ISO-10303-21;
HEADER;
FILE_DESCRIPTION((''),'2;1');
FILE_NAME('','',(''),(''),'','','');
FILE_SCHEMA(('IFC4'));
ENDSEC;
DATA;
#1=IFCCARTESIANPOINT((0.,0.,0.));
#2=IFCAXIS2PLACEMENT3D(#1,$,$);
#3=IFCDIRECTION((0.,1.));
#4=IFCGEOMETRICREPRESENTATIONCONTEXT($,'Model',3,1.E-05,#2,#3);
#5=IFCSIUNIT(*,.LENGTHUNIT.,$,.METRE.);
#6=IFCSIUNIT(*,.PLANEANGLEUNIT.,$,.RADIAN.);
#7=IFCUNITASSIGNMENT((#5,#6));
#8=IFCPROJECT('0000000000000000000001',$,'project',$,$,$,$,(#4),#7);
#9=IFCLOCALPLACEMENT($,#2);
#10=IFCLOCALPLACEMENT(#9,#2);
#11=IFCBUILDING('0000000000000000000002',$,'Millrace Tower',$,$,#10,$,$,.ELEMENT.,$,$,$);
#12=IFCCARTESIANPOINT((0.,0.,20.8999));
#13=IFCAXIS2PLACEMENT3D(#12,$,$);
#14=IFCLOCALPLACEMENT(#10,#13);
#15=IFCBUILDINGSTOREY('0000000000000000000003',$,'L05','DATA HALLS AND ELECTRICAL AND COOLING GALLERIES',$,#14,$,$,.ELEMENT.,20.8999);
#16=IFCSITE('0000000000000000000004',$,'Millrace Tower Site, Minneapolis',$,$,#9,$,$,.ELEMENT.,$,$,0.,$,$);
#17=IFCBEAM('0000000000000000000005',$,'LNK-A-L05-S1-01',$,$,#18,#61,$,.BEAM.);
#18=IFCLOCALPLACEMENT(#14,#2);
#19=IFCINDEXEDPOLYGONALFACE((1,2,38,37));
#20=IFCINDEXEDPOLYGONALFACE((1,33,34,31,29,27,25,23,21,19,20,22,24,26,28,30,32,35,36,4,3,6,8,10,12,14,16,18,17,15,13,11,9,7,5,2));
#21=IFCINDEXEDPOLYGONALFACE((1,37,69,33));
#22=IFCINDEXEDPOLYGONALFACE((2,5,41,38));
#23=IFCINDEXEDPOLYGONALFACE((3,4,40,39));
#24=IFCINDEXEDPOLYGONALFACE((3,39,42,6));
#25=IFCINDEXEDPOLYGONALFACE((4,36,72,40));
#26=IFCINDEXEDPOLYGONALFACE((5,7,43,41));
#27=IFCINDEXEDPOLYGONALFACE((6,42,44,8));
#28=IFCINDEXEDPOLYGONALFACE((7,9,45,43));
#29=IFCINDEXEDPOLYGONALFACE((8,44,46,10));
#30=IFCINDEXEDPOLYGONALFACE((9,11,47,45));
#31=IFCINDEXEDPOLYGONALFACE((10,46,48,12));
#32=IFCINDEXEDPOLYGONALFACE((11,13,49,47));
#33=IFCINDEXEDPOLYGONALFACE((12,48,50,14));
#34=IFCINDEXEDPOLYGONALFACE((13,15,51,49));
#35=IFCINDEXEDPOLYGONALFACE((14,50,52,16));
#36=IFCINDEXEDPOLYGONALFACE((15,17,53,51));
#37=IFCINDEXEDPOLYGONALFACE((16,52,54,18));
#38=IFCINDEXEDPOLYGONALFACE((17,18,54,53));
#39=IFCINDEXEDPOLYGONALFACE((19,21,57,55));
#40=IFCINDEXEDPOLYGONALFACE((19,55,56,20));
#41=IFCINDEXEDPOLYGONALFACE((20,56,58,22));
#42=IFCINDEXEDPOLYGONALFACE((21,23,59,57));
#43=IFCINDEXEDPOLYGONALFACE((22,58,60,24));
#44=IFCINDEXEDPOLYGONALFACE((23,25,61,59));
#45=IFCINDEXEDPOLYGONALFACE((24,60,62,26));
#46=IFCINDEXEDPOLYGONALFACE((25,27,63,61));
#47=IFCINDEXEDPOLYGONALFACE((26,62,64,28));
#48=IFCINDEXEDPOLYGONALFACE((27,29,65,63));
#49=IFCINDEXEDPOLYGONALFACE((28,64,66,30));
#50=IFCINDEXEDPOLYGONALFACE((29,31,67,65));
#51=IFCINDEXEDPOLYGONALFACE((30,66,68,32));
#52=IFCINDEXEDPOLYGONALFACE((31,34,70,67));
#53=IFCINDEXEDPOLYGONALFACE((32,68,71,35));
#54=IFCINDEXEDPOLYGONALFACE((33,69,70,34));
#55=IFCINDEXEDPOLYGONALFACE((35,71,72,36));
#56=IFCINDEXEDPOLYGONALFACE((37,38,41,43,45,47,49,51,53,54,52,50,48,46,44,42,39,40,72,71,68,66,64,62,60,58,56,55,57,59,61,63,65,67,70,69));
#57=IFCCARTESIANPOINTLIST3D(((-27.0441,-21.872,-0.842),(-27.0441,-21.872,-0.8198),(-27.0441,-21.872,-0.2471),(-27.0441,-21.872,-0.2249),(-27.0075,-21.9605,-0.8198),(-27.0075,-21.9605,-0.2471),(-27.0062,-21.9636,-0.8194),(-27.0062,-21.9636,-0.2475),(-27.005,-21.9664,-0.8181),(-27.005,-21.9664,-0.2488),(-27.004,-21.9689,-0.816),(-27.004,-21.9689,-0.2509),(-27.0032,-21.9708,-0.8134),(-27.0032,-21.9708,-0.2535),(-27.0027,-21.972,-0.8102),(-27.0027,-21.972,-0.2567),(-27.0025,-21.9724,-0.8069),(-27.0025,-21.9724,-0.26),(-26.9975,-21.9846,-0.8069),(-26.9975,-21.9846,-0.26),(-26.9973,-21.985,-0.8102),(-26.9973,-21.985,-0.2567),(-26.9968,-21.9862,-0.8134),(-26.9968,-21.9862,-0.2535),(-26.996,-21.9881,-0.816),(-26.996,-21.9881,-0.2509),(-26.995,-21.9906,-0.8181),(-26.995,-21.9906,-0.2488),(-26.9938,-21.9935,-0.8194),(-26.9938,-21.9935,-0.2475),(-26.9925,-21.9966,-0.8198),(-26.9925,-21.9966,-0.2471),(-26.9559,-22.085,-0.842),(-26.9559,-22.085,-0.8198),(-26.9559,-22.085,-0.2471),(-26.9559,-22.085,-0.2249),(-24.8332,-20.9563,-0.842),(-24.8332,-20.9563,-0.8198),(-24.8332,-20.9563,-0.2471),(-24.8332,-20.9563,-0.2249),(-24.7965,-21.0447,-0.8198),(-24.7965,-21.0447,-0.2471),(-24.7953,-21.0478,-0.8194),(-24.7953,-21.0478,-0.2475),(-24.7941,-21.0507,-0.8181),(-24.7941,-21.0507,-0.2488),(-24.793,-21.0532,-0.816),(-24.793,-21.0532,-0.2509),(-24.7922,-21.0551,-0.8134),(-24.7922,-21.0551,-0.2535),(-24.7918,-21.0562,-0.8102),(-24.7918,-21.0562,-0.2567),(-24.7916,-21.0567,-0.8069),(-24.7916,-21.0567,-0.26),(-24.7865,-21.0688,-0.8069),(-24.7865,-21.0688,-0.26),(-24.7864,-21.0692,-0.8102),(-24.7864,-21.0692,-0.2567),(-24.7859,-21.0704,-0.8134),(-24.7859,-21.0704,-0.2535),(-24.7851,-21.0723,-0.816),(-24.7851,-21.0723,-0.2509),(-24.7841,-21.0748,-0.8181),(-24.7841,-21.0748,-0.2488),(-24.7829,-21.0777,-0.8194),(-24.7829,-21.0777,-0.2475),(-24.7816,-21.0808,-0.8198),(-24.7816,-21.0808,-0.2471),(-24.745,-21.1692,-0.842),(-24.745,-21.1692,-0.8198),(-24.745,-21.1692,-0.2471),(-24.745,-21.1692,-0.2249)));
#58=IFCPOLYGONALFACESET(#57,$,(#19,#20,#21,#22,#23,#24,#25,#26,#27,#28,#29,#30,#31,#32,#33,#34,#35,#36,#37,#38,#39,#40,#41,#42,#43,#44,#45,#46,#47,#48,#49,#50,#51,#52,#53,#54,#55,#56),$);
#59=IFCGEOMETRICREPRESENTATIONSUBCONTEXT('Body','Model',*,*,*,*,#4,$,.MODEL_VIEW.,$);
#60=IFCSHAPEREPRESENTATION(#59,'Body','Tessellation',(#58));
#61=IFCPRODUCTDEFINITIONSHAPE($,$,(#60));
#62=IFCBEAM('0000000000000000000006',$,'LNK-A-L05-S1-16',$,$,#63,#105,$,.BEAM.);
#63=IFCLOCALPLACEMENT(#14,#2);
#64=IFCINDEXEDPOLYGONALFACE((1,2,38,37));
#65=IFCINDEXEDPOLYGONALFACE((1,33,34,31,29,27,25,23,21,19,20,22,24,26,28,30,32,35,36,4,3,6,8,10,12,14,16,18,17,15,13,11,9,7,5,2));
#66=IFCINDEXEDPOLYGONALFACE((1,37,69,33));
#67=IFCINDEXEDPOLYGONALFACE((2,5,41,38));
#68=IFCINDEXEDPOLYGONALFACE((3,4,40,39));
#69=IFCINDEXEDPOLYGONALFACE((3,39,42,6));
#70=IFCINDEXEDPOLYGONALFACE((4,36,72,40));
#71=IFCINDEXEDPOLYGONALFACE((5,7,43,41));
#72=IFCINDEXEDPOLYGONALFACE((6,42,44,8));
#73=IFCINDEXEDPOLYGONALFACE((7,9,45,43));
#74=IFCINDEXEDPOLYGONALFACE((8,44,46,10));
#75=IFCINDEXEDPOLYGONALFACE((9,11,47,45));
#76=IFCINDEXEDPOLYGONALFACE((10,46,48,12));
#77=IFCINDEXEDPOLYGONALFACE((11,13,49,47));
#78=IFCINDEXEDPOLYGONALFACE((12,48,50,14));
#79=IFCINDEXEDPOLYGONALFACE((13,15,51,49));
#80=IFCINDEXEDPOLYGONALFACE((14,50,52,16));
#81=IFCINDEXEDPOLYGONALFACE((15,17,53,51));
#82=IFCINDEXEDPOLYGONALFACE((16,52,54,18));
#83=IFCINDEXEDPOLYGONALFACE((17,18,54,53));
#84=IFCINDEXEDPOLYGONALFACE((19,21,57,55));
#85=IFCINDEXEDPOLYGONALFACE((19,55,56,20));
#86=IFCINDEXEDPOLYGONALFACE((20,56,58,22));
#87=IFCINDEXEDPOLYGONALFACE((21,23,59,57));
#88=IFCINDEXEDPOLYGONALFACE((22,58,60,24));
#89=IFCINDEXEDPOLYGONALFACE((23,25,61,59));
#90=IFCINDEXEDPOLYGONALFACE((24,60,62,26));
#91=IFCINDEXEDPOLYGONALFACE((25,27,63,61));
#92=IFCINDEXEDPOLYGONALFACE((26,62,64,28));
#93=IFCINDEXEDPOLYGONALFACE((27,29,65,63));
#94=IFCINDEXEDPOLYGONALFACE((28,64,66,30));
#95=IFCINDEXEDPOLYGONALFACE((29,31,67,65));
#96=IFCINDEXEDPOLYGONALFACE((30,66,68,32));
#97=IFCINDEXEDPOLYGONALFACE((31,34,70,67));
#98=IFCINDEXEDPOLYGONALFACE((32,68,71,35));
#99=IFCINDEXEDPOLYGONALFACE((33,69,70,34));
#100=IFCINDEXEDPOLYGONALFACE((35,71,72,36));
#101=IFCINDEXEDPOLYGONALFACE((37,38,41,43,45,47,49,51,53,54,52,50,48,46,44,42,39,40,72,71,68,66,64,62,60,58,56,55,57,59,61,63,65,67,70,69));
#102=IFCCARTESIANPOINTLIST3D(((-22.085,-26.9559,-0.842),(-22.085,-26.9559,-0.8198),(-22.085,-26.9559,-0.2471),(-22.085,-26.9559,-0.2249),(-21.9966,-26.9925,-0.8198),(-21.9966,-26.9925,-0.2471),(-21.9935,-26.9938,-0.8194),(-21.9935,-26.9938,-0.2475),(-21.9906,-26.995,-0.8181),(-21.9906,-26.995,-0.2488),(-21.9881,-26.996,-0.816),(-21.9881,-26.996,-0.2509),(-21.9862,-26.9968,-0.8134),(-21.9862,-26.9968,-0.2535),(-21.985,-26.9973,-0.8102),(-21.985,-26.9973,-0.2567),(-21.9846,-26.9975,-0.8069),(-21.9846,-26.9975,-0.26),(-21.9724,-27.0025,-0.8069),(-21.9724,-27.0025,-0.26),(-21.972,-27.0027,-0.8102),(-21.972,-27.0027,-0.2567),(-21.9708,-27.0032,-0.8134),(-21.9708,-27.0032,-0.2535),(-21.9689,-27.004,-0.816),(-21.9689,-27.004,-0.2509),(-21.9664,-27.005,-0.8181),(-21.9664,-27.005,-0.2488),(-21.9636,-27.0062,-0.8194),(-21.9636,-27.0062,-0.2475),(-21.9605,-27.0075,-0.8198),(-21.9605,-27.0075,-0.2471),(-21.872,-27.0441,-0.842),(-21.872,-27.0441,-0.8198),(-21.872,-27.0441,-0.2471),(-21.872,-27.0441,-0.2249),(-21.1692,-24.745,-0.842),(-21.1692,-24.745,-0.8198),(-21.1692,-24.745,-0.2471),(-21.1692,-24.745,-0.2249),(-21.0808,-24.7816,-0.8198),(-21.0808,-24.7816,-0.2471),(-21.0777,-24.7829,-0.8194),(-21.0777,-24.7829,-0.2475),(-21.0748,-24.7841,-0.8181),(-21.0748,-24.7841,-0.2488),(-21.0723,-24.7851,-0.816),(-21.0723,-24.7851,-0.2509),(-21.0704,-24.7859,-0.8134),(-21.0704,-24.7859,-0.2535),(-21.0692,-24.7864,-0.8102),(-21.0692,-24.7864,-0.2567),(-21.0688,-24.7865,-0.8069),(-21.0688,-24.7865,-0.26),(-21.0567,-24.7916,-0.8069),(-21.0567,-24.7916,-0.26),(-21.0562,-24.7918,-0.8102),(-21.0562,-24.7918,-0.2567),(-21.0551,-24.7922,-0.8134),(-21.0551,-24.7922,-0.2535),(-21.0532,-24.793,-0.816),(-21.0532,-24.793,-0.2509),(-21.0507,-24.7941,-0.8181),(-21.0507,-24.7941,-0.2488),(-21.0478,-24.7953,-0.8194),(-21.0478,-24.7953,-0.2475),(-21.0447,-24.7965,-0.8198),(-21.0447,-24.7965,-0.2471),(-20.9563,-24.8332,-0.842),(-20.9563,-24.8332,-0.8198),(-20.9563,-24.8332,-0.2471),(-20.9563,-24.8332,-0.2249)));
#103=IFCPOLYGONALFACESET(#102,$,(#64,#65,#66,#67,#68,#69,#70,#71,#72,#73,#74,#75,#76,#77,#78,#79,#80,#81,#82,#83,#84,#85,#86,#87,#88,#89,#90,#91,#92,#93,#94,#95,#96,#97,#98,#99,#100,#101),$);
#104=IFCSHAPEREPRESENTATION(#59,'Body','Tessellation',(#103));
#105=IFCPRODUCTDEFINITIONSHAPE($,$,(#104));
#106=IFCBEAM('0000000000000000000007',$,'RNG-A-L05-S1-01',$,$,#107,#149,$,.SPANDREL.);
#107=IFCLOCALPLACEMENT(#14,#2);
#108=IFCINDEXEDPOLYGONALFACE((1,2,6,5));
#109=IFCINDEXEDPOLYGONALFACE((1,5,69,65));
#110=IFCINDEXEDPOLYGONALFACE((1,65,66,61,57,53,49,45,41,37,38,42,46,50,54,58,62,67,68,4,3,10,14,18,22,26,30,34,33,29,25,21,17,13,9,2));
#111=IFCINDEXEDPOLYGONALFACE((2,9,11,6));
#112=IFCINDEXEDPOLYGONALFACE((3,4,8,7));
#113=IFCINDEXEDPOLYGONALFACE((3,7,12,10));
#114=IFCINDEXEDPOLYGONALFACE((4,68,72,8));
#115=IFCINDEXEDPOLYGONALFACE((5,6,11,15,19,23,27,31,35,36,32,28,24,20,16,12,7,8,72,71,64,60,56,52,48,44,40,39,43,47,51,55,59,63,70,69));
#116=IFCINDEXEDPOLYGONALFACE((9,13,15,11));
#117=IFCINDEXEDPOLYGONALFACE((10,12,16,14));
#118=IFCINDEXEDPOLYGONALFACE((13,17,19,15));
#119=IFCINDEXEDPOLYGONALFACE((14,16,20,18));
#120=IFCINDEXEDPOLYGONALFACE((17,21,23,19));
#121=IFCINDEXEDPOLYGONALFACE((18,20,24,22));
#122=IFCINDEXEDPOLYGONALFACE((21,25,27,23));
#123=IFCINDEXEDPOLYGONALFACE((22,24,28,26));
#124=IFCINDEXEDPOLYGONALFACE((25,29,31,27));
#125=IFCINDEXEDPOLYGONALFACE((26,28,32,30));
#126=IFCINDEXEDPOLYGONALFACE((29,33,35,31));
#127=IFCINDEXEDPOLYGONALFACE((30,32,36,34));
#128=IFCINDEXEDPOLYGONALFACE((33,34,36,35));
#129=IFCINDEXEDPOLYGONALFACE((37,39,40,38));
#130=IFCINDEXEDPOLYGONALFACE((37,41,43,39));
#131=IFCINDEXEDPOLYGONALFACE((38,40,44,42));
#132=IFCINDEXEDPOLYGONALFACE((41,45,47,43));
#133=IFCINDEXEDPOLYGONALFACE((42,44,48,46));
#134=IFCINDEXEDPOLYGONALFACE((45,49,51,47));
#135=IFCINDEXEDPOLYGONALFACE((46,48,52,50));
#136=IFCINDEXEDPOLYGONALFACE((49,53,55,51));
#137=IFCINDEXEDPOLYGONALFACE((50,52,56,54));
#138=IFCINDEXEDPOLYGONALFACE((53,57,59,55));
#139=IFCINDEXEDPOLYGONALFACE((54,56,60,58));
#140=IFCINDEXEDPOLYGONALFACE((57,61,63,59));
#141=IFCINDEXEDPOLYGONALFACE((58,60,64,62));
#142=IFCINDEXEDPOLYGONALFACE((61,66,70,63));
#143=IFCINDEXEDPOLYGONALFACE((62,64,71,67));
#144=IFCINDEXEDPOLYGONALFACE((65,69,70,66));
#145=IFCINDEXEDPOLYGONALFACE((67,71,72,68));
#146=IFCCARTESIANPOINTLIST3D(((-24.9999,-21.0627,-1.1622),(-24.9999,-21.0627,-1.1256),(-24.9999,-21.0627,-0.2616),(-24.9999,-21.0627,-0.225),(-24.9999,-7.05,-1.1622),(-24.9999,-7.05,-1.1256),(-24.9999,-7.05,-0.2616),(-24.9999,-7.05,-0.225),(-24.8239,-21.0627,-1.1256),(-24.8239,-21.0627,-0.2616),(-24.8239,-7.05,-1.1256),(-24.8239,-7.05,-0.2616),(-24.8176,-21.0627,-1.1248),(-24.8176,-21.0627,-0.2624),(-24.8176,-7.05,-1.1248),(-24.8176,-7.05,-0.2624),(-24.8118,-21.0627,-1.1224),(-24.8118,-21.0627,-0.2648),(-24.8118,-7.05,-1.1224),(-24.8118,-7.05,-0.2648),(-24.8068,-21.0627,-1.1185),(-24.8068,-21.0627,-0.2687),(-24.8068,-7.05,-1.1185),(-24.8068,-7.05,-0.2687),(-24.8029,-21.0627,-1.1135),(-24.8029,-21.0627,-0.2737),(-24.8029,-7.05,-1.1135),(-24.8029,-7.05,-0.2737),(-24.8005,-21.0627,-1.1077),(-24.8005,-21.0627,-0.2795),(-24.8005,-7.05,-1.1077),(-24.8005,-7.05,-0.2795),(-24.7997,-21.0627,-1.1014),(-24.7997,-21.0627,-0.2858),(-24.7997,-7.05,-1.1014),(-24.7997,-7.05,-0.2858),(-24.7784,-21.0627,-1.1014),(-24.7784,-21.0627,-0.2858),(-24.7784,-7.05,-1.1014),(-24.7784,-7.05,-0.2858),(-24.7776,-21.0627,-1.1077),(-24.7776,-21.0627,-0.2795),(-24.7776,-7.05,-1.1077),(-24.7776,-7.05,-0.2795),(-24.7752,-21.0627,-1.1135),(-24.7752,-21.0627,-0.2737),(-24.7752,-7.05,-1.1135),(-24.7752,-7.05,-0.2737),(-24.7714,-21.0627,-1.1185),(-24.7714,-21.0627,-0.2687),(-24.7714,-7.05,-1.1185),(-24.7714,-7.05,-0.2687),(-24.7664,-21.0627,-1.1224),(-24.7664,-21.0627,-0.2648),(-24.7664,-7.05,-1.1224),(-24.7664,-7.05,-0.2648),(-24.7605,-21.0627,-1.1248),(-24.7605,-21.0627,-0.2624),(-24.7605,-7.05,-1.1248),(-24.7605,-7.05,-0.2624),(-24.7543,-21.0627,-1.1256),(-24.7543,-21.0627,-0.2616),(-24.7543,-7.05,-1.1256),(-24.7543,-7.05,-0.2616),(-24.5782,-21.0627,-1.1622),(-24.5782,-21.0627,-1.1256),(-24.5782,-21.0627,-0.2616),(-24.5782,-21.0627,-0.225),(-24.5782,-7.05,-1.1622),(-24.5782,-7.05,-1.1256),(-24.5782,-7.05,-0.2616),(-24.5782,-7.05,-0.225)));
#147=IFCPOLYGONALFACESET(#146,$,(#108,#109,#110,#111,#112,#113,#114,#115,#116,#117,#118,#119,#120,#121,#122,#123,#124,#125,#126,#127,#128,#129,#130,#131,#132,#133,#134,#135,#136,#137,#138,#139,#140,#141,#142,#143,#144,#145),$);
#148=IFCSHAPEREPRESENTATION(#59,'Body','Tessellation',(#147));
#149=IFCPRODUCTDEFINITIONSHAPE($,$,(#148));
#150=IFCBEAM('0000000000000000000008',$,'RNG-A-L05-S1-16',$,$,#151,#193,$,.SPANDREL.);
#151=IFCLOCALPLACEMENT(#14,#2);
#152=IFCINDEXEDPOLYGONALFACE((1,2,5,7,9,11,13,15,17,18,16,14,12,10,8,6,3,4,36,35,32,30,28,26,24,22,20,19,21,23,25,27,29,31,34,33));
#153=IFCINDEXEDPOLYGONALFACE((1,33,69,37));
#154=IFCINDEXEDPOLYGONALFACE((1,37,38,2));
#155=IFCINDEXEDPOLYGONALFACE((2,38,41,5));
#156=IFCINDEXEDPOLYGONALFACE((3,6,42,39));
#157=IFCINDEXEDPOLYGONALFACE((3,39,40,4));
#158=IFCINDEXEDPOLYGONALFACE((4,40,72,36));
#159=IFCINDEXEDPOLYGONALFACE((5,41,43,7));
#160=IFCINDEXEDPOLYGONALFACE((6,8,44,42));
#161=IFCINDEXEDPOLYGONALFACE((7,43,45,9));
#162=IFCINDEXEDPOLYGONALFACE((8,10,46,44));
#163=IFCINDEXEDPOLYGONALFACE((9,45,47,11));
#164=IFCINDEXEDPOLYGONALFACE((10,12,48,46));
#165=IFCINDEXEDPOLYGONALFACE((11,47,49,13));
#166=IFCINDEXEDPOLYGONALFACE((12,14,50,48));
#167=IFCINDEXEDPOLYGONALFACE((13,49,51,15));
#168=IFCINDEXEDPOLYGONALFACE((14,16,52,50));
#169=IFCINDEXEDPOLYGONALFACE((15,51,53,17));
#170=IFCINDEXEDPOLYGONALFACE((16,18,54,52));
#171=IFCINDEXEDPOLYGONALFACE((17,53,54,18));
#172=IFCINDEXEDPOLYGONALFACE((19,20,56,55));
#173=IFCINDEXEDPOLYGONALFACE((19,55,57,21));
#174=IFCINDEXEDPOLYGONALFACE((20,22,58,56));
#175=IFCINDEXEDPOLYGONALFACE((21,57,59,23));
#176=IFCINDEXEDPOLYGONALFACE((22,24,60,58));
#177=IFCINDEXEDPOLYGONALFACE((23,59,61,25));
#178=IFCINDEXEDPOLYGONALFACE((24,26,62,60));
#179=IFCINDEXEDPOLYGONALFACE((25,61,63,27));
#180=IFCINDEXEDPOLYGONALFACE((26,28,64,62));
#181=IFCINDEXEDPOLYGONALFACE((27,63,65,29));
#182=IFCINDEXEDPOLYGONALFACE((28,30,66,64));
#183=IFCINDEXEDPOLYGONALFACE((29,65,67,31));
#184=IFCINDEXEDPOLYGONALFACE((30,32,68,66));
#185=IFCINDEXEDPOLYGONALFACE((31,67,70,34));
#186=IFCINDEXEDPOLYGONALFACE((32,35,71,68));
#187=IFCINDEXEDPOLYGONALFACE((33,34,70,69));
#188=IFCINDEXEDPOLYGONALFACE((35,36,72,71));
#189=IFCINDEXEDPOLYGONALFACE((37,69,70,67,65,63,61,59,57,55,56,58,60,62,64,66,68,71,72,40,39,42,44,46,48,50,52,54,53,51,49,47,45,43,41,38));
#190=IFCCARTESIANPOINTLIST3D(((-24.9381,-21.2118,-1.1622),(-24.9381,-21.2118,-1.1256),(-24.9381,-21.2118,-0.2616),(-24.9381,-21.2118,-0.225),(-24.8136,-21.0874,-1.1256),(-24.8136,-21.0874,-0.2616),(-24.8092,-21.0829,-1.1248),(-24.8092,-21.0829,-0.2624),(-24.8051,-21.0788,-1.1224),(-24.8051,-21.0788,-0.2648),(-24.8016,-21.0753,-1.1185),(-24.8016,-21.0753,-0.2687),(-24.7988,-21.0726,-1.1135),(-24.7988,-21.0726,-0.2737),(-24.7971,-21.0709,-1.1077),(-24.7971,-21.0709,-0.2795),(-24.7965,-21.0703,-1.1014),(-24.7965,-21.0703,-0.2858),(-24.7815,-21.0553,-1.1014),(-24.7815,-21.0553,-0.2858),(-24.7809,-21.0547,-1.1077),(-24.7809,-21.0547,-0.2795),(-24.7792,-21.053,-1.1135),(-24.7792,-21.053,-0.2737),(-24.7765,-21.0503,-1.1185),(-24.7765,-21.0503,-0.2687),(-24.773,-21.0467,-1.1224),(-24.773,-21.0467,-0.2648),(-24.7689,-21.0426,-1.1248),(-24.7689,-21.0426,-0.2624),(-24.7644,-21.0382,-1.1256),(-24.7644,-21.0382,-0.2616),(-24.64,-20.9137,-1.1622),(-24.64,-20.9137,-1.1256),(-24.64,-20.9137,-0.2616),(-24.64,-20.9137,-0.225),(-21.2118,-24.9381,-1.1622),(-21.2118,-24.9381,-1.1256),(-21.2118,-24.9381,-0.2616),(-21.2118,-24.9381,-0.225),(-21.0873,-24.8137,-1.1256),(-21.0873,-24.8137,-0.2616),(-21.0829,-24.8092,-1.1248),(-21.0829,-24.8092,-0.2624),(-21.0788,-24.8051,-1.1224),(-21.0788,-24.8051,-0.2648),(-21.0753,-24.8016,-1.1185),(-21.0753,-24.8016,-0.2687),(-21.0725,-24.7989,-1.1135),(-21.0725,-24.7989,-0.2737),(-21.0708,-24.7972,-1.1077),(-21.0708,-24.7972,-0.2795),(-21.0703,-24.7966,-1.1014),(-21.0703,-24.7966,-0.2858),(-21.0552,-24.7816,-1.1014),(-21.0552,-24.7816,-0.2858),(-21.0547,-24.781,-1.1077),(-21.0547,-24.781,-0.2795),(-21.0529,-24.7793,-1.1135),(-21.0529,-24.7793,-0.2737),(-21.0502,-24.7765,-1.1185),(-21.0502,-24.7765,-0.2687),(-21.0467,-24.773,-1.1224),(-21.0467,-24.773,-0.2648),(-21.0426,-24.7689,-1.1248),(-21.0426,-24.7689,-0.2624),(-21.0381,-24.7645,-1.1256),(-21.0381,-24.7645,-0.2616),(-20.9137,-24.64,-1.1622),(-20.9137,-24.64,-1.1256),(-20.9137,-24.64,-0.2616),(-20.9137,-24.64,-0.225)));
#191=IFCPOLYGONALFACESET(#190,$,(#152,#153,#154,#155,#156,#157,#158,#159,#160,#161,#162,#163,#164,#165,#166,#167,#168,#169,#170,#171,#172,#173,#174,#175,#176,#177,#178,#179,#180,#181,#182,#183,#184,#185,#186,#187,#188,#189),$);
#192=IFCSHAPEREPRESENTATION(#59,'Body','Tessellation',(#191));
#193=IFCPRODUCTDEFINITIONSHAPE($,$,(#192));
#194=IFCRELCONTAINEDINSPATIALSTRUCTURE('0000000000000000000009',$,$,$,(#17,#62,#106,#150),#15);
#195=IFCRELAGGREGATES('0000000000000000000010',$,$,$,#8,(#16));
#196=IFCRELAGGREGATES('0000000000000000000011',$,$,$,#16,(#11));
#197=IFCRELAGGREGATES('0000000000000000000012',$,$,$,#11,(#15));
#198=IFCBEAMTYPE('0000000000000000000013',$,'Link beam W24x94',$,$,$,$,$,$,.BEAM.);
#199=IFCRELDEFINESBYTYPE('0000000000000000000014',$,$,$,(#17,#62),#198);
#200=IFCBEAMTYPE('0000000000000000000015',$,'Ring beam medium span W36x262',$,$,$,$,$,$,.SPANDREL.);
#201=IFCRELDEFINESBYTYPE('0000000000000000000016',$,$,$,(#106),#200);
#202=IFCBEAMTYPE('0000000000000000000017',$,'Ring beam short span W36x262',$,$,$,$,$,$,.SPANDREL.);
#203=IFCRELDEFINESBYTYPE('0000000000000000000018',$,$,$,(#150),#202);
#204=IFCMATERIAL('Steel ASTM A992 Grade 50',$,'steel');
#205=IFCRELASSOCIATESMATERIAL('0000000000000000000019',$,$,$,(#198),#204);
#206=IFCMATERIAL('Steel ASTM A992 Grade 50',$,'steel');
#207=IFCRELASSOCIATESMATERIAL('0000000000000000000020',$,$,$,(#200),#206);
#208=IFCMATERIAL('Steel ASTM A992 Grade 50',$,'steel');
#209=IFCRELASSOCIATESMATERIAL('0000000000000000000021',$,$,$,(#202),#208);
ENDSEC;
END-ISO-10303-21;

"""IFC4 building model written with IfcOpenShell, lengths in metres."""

from ifc_helpers import new_model, si_unit, direction, frame, origin, origin_2d, place, context, subcontext, project, spatial, i_section, extrude, material, material_profile, profile_set, type_object, element, save


model = new_model("IFC4")

# Units and contexts
model_context = context("Model", 3, precision=1e-05, world=origin(), true_north=direction((0.0, 1.0)))
body_context = subcontext(model_context, "Body", "Model", "MODEL_VIEW")
ifc_project = project(units=[si_unit("LENGTHUNIT", "METRE"), si_unit("PLANEANGLEUNIT", "RADIAN")], contexts=[model_context])

# Site, building, storey
site_placement = place(None, origin())
site = spatial("IfcSite", under=ifc_project, at=site_placement, Name="Millrace Tower Site, Minneapolis", CompositionType="ELEMENT", RefElevation=0.0)
building_placement = place(site_placement, origin())
building = spatial("IfcBuilding", under=site, at=building_placement, Name="Millrace Tower", CompositionType="ELEMENT")
storey_placement = place(building_placement, frame((0.0, 0.0, 20.8999)))
storey = spatial("IfcBuildingStorey", under=building, at=storey_placement, Name="L05", Description="DATA HALLS AND ELECTRICAL AND COOLING GALLERIES", CompositionType="ELEMENT", Elevation=20.8999)

# Beams
ifc_material_1 = material(Name="Steel ASTM A992 Grade 50", Category="steel")
ifc_material_profile_1 = material_profile(ifc_material_1, i_section(OverallWidth=0.2305, OverallDepth=0.6172, WebThickness=0.0132, FlangeThickness=0.0222, FilletRadius=0.0129, at=origin_2d()))
ifc_profile_set_1 = profile_set([ifc_material_profile_1], Name="Steel ASTM A992 Grade 50")
beam_type_1 = type_object("IfcBeamType", Name="Link beam W24x94", PredefinedType="BEAM", material=ifc_profile_set_1)
for number, where, z_axis, x_axis, name in (
    (1, (-24.7891, -21.0627, -0.5334), (-0.923884, -0.382673, 0.0), (0.382673, -0.923884, 0.0), "LNK-A-L05-S1-01"),
    (2, (-21.0627, -24.7891, -0.5334), (-0.382673, -0.923884, 0.0), (0.923884, -0.382673, 0.0), "LNK-A-L05-S1-16"),
):
    element("IfcBeam", number, at=place(storey_placement, frame(where, z_axis=z_axis, x_axis=x_axis)), inside=storey, type_object=beam_type_1, Name=name, PredefinedType="BEAM", context=body_context, shape_type="SweptSolid", body=[
        extrude(i_section(OverallWidth=0.2305, OverallDepth=0.6172, WebThickness=0.0132, FlangeThickness=0.0222, FilletRadius=0.0129, at=origin_2d()), origin(), (0.0, 0.0, 1.0), 2.3931),
    ])
ifc_material_2 = material(Name="Steel ASTM A992 Grade 50", Category="steel")
ifc_material_profile_2 = material_profile(ifc_material_2, i_section(OverallWidth=0.4216, OverallDepth=0.9373, WebThickness=0.0212, FlangeThickness=0.0366, FilletRadius=0.0242, at=origin_2d()))
ifc_profile_set_2 = profile_set([ifc_material_profile_2], Name="Steel ASTM A992 Grade 50")
beam_type_2 = type_object("IfcBeamType", Name="Ring beam medium span W36x262", PredefinedType="SPANDREL", material=ifc_profile_set_2)
beam_1_placement = place(storey_placement, frame((-24.7891, -21.0627, -0.6936), z_axis=(0.0, 1.0, 0.0), x_axis=(-1.0, 0.0, 0.0)))
element("IfcBeam", 3, at=beam_1_placement, inside=storey, type_object=beam_type_2, Name="RNG-A-L05-S1-01", PredefinedType="SPANDREL", context=body_context, shape_type="SweptSolid", body=[
    extrude(i_section(OverallWidth=0.4216, OverallDepth=0.9373, WebThickness=0.0212, FlangeThickness=0.0366, FilletRadius=0.0242, at=origin_2d()), origin(), (0.0, 0.0, 1.0), 14.0127),
])
ifc_material_3 = material(Name="Steel ASTM A992 Grade 50", Category="steel")
ifc_material_profile_3 = material_profile(ifc_material_3, i_section(OverallWidth=0.4216, OverallDepth=0.9373, WebThickness=0.0212, FlangeThickness=0.0366, FilletRadius=0.0242, at=origin_2d()))
ifc_profile_set_3 = profile_set([ifc_material_profile_3], Name="Steel ASTM A992 Grade 50")
beam_type_3 = type_object("IfcBeamType", Name="Ring beam short span W36x262", PredefinedType="SPANDREL", material=ifc_profile_set_3)
beam_2_placement = place(storey_placement, frame((-21.0627, -24.7891, -0.6936), z_axis=(-0.707107, 0.707107, 0.0), x_axis=(-0.707107, -0.707107, 0.0)))
element("IfcBeam", 4, at=beam_2_placement, inside=storey, type_object=beam_type_3, Name="RNG-A-L05-S1-16", PredefinedType="SPANDREL", context=body_context, shape_type="SweptSolid", body=[
    extrude(i_section(OverallWidth=0.4216, OverallDepth=0.9373, WebThickness=0.0212, FlangeThickness=0.0366, FilletRadius=0.0242, at=origin_2d()), origin(), (0.0, 0.0, 1.0), 5.2698),
])

save(model, "model.ifc")
